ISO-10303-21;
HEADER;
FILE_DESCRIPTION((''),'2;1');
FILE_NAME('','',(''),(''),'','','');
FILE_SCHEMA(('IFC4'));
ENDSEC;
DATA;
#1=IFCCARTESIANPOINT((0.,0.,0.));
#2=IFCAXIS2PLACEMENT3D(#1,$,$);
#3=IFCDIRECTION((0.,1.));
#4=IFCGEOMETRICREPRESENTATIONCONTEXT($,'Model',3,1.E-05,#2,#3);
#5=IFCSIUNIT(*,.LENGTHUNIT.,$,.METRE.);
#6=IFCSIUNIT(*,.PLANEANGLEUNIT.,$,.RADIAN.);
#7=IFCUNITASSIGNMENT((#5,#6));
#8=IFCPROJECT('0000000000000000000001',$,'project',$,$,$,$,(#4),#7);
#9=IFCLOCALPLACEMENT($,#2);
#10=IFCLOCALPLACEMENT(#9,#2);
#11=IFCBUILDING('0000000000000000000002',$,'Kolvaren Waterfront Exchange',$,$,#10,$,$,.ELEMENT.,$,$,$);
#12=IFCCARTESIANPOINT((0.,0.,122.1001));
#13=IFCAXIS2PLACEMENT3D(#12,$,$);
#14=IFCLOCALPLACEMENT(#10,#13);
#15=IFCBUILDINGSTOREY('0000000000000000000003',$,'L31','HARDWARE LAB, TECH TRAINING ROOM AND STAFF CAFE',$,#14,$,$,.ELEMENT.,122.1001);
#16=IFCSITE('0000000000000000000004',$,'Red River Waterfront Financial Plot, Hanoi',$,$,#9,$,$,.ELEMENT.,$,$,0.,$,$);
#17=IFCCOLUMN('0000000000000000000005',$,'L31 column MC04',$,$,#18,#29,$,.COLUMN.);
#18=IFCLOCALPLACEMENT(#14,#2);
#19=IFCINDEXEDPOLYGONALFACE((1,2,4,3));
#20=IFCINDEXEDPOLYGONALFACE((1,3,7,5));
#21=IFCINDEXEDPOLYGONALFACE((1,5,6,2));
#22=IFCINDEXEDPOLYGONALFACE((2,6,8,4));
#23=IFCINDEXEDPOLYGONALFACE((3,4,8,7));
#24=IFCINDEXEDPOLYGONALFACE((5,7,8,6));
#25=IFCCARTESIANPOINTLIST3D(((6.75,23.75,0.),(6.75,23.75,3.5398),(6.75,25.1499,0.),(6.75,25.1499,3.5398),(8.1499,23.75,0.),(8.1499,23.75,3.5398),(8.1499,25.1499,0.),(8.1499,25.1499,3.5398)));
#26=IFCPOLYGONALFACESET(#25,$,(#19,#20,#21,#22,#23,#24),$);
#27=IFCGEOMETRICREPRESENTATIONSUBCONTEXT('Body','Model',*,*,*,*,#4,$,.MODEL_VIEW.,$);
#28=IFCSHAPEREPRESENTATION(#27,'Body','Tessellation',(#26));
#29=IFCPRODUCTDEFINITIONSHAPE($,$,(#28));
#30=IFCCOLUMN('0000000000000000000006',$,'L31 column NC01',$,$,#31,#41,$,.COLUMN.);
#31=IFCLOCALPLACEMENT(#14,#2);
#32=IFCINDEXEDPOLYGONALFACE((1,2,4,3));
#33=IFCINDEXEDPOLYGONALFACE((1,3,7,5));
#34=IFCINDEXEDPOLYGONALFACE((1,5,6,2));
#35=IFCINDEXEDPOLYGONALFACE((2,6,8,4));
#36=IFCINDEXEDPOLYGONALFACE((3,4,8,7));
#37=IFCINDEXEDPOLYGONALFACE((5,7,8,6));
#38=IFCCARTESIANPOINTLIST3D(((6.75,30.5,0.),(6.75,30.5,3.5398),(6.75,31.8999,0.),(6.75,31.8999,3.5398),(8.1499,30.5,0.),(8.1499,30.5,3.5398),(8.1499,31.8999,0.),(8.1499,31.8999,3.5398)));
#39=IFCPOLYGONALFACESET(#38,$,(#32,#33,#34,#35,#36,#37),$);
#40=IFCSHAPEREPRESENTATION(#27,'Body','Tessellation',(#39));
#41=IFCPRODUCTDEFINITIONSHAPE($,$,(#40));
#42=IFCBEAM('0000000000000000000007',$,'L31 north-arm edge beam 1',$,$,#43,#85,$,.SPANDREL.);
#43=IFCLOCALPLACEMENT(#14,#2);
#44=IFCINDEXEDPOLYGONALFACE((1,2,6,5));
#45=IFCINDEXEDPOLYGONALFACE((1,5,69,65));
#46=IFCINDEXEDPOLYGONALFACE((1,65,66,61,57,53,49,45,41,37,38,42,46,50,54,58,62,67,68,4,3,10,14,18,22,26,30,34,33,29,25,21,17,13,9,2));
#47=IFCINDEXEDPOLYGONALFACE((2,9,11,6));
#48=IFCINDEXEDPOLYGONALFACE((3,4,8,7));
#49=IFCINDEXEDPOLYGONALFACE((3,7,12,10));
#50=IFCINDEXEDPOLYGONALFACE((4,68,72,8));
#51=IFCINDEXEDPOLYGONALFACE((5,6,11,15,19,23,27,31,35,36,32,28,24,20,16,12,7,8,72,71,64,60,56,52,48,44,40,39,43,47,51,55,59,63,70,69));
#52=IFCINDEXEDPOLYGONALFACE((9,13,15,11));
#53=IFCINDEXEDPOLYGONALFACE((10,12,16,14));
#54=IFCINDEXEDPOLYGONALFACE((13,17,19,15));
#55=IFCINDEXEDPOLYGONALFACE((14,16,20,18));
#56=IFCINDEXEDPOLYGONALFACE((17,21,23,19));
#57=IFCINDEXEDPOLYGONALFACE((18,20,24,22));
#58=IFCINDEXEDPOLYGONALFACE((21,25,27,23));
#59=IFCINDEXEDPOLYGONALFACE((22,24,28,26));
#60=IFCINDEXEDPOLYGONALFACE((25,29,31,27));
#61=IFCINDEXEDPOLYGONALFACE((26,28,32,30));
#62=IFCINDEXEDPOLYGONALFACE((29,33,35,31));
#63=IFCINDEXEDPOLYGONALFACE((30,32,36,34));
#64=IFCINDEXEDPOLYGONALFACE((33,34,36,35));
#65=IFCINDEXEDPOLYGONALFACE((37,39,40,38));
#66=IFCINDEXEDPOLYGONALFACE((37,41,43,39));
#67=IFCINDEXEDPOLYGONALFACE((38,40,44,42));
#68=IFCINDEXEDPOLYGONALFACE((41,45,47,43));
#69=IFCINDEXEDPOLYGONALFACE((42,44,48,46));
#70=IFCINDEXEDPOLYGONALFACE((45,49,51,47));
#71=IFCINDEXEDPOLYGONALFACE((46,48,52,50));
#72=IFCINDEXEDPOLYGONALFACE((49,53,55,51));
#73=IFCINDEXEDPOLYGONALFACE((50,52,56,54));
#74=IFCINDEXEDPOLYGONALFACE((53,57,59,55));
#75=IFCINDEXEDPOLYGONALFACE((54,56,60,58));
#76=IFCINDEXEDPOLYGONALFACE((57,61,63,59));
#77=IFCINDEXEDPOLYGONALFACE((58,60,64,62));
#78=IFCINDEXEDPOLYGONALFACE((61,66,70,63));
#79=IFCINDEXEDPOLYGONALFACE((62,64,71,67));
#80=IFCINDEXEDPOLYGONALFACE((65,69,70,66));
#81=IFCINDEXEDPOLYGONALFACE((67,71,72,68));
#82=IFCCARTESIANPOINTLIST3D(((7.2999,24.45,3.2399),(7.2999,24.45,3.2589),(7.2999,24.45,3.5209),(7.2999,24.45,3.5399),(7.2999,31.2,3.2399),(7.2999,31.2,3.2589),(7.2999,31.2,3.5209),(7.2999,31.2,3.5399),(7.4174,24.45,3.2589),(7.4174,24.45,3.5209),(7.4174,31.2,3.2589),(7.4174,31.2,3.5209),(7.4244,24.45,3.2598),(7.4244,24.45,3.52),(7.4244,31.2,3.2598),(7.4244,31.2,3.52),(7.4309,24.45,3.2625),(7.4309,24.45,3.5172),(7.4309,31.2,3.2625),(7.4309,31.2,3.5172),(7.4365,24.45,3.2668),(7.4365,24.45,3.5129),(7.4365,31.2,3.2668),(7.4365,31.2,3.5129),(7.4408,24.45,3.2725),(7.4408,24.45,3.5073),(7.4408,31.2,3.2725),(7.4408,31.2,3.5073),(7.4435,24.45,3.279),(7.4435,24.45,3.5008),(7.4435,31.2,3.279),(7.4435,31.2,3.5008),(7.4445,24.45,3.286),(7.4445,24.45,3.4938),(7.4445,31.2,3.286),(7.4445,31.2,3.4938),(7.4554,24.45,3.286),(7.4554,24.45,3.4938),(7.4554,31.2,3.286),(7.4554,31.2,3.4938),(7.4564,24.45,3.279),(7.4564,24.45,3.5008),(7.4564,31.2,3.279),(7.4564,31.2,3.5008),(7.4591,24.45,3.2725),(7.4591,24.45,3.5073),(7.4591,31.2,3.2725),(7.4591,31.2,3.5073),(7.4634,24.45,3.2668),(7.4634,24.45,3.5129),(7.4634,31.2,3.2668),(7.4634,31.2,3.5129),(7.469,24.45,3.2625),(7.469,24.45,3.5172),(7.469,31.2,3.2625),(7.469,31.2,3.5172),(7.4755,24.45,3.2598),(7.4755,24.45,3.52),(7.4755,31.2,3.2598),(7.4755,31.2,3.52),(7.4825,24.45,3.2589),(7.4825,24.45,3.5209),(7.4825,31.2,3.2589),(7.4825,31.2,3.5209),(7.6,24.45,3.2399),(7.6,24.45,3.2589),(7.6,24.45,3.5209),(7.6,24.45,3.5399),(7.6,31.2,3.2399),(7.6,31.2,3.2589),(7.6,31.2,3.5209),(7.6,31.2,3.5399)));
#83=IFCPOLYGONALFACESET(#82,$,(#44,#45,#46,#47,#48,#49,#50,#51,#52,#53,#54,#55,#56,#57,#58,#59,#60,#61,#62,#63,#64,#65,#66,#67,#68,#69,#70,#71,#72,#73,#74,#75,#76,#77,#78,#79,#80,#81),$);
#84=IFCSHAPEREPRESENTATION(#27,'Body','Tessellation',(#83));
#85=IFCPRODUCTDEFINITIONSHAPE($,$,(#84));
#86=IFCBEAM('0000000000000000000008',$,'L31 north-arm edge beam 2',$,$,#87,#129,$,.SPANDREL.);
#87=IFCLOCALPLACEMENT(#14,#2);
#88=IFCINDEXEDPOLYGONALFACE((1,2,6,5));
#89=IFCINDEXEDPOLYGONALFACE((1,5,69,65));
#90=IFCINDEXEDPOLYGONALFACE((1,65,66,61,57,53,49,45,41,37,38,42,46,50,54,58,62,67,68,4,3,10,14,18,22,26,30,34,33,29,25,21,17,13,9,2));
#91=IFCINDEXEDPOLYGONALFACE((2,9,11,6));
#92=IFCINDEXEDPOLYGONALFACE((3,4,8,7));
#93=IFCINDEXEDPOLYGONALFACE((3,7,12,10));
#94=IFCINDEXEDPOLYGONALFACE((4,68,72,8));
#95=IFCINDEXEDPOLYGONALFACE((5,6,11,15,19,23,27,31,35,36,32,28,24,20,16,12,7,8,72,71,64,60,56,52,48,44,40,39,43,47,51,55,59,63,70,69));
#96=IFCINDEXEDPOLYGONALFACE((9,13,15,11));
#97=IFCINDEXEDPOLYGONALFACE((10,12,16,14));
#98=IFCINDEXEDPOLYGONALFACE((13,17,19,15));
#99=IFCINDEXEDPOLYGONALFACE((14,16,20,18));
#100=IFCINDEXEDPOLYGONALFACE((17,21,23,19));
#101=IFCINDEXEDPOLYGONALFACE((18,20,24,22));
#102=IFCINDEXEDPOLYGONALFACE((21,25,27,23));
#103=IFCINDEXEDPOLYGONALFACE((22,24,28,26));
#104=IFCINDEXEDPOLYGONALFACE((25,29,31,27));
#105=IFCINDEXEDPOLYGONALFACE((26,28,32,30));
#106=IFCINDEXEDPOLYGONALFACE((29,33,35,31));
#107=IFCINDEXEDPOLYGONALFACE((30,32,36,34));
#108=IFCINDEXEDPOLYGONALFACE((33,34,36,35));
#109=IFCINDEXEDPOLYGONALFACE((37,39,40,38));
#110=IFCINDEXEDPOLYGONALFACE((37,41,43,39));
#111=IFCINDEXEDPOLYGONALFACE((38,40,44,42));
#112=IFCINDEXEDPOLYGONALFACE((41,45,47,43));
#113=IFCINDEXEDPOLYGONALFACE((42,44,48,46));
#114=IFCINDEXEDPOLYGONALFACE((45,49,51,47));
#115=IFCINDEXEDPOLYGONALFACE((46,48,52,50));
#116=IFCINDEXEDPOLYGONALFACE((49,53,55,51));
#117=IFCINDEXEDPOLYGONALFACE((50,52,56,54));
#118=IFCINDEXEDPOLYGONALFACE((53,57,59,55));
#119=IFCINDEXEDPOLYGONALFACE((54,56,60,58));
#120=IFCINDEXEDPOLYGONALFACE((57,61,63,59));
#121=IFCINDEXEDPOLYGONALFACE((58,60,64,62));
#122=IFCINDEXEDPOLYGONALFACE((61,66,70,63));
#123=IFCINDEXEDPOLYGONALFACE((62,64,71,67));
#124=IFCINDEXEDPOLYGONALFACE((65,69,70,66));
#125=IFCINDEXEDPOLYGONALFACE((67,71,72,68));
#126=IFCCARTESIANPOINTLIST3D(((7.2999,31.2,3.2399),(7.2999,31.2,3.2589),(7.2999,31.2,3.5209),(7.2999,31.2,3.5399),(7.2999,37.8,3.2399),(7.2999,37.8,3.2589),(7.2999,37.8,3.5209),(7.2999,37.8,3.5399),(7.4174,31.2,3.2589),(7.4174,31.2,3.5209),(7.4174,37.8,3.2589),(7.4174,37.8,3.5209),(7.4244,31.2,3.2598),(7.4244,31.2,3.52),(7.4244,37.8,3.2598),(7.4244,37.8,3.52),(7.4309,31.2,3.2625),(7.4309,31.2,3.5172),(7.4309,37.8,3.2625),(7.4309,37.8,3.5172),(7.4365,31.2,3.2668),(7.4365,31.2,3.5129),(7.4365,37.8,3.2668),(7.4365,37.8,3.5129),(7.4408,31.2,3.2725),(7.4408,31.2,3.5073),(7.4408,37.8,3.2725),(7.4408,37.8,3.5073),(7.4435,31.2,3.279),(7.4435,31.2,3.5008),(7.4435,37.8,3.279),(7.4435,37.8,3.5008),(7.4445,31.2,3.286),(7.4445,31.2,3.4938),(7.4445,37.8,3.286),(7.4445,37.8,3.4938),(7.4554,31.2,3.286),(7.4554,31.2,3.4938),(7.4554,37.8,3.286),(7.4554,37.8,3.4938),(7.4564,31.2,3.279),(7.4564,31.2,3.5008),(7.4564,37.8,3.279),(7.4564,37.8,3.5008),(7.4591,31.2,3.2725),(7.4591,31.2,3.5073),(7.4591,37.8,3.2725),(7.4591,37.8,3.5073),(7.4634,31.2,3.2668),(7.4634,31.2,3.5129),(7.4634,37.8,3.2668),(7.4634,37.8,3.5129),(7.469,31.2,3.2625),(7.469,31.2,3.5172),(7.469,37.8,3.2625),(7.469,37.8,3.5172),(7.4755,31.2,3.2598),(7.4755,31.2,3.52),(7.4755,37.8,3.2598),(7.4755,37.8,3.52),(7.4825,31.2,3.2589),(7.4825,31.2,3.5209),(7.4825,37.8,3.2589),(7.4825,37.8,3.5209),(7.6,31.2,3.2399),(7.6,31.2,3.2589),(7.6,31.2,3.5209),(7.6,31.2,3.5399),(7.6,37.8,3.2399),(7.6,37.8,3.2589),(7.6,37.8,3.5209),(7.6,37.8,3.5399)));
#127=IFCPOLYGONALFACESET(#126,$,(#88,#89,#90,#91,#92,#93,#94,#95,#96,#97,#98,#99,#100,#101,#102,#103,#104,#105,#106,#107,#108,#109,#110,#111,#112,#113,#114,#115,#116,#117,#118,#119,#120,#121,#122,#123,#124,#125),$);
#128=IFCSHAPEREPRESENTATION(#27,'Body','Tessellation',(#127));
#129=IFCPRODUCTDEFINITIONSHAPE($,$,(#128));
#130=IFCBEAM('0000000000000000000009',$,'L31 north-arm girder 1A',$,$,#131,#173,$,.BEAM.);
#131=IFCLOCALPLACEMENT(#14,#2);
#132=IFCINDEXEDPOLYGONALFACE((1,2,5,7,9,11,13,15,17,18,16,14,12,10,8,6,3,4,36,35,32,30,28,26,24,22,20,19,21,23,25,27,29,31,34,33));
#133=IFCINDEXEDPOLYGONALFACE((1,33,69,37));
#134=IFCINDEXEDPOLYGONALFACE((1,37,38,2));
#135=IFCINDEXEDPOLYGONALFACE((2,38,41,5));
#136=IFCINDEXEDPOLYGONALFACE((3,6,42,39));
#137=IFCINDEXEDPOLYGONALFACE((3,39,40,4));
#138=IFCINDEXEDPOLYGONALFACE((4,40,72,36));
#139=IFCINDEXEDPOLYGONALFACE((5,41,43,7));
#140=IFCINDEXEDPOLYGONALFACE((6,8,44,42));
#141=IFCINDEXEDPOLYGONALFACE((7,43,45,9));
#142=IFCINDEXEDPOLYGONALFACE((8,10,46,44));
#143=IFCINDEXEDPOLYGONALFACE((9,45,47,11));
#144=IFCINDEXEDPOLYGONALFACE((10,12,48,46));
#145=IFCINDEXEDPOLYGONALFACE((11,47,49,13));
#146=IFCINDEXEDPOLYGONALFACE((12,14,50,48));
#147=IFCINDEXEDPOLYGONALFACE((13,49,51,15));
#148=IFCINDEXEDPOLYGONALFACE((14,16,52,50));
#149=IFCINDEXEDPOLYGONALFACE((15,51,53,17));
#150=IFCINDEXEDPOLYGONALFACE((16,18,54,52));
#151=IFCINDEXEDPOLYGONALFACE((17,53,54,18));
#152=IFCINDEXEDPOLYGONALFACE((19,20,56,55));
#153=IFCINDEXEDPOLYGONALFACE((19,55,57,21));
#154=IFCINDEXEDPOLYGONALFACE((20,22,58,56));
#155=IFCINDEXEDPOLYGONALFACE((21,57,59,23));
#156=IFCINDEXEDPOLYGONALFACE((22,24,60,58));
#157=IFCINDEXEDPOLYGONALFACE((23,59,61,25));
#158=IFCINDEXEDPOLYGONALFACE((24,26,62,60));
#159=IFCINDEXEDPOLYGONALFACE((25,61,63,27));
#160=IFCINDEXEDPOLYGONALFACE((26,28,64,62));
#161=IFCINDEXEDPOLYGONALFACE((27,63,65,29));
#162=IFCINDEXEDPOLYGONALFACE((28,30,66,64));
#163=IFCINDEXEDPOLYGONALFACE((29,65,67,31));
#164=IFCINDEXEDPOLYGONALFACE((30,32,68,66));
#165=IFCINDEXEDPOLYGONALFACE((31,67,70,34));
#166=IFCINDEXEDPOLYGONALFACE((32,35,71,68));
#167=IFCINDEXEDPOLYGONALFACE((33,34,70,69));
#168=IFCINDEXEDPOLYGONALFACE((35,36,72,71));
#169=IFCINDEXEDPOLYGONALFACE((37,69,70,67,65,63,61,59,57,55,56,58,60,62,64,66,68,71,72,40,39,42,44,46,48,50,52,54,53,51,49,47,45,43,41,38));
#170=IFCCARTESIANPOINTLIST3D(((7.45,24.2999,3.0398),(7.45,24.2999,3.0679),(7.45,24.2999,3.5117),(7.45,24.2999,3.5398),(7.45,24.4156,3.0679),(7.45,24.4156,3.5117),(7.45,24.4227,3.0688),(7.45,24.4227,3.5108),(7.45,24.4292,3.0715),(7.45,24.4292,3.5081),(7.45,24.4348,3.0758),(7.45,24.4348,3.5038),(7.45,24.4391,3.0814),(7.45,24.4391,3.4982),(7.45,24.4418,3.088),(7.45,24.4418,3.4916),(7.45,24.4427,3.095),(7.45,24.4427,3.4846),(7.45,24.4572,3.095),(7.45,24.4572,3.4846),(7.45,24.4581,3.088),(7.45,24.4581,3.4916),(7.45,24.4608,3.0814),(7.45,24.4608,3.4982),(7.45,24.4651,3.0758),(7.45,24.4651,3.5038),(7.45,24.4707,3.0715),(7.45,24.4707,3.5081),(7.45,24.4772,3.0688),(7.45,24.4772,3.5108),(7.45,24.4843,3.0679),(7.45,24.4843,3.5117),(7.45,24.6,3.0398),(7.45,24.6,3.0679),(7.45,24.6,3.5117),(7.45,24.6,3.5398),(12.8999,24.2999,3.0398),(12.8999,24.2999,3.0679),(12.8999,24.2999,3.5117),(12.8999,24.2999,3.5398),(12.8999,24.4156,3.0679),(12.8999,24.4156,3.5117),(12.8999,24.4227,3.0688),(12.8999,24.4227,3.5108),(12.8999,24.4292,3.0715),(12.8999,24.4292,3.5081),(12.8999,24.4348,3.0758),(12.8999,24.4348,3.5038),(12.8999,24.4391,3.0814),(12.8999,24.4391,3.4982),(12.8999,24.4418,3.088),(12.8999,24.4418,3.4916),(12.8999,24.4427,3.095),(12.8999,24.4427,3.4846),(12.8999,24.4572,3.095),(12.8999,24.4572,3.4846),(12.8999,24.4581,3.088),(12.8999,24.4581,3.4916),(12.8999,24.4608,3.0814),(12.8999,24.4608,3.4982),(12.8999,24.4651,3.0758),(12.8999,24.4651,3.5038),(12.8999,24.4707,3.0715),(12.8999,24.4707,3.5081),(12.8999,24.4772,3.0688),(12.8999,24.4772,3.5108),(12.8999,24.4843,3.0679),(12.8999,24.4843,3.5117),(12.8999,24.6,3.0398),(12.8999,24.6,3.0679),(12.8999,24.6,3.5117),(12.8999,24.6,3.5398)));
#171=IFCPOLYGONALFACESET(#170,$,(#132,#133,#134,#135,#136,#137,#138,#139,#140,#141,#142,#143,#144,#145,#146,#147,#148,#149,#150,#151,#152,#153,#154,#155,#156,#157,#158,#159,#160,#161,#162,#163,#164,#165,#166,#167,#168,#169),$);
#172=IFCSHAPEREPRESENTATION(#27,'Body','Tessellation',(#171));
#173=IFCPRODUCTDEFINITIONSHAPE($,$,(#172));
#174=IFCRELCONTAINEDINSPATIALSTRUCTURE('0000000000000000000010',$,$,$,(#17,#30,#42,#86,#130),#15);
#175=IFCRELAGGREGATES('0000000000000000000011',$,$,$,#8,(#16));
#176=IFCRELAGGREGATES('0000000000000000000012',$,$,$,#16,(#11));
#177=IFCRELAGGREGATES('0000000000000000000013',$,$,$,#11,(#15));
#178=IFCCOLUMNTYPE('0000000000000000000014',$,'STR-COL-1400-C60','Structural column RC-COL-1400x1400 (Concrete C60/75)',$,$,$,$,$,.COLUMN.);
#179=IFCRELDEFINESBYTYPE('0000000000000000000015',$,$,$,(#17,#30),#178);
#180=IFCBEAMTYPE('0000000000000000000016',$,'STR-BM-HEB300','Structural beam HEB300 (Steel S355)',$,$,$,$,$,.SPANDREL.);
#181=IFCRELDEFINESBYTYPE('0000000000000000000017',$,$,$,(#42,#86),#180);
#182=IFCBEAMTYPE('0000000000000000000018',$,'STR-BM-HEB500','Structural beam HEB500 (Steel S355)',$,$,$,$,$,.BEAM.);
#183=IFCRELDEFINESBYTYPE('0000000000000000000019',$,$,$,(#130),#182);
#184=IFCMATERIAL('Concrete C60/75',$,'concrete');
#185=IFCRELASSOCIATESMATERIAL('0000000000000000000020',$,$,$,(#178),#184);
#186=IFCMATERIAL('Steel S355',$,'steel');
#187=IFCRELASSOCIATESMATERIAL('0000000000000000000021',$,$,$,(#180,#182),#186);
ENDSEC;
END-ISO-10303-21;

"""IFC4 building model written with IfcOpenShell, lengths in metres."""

from ifc_helpers import new_model, si_unit, direction, frame, origin, origin_2d, place, context, subcontext, project, spatial, rectangle, i_section, extrude, material, material_profile, profile_set, type_object, element, save


model = new_model("IFC4")

# Units and contexts
model_context = context("Model", 3, precision=1e-05, world=origin(), true_north=direction((0.0, 1.0)))
body_context = subcontext(model_context, "Body", "Model", "MODEL_VIEW")
ifc_project = project(units=[si_unit("LENGTHUNIT", "METRE"), si_unit("PLANEANGLEUNIT", "RADIAN")], contexts=[model_context])

# Site, building, storey
site_placement = place(None, origin())
site = spatial("IfcSite", under=ifc_project, at=site_placement, Name="Red River Waterfront Financial Plot, Hanoi", CompositionType="ELEMENT", RefElevation=0.0)
building_placement = place(site_placement, origin())
building = spatial("IfcBuilding", under=site, at=building_placement, Name="Kolvaren Waterfront Exchange", CompositionType="ELEMENT")
storey_placement = place(building_placement, frame((0.0, 0.0, 122.1001)))
storey = spatial("IfcBuildingStorey", under=building, at=storey_placement, Name="L31", Description="HARDWARE LAB, TECH TRAINING ROOM AND STAFF CAFE", CompositionType="ELEMENT", Elevation=122.1001)

# Columns
ifc_material_1 = material(Name="Concrete C60/75", Category="concrete")
ifc_material_profile_1 = material_profile(ifc_material_1, rectangle(XDim=1.3999, YDim=1.3999, at=origin_2d()), Name="RC-COL-1400x1400")
ifc_profile_set_1 = profile_set([ifc_material_profile_1], Name="Concrete C60/75")
column_type = type_object("IfcColumnType", Name="STR-COL-1400-C60", Description="Structural column RC-COL-1400x1400 (Concrete C60/75)", PredefinedType="COLUMN", material=ifc_profile_set_1)
for number, where, z_axis, x_axis, name in (
    (1, (7.45, 24.45, 0.0), (0.0, 0.0, 1.0), (1.0, 0.0, 0.0), "L31 column MC04"),
    (2, (7.45, 31.2, 0.0), (0.0, 0.0, 1.0), (1.0, 0.0, 0.0), "L31 column NC01"),
):
    element("IfcColumn", number, at=place(storey_placement, frame(where, z_axis=z_axis, x_axis=x_axis)), inside=storey, type_object=column_type, Name=name, PredefinedType="COLUMN", context=body_context, shape_type="SweptSolid", body=[
        extrude(rectangle(XDim=1.3999, YDim=1.3999, at=origin_2d()), origin(), (0.0, 0.0, 1.0), 3.5398),
    ])

# Beams
ifc_material_2 = material(Name="Steel S355", Category="steel")
ifc_material_profile_2 = material_profile(ifc_material_2, i_section(OverallWidth=0.3, OverallDepth=0.3, WebThickness=0.011, FlangeThickness=0.019, FilletRadius=0.0271, at=origin_2d()), Name="HEB300")
ifc_profile_set_2 = profile_set([ifc_material_profile_2], Name="Steel S355")
beam_type_1 = type_object("IfcBeamType", Name="STR-BM-HEB300", Description="Structural beam HEB300 (Steel S355)", PredefinedType="SPANDREL", material=ifc_profile_set_2)
beam_1_placement = place(storey_placement, frame((7.45, 24.45, 3.3899), z_axis=(0.0, 1.0, 0.0), x_axis=(-1.0, 0.0, 0.0)))
element("IfcBeam", 3, at=beam_1_placement, inside=storey, type_object=beam_type_1, Name="L31 north-arm edge beam 1", PredefinedType="SPANDREL", context=body_context, shape_type="SweptSolid", body=[
    extrude(i_section(OverallWidth=0.3, OverallDepth=0.3, WebThickness=0.011, FlangeThickness=0.019, FilletRadius=0.0271, at=origin_2d()), origin(), (0.0, 0.0, 1.0), 6.75),
])
beam_2_placement = place(storey_placement, frame((7.45, 31.2, 3.3899), z_axis=(0.0, 1.0, 0.0), x_axis=(-1.0, 0.0, 0.0)))
element("IfcBeam", 4, at=beam_2_placement, inside=storey, type_object=beam_type_1, Name="L31 north-arm edge beam 2", PredefinedType="SPANDREL", context=body_context, shape_type="SweptSolid", body=[
    extrude(i_section(OverallWidth=0.3, OverallDepth=0.3, WebThickness=0.011, FlangeThickness=0.019, FilletRadius=0.0271, at=origin_2d()), origin(), (0.0, 0.0, 1.0), 6.6001),
])
ifc_material_profile_3 = material_profile(ifc_material_2, i_section(OverallWidth=0.3, OverallDepth=0.5, WebThickness=0.0144, FlangeThickness=0.0281, FilletRadius=0.0271, at=origin_2d()), Name="HEB500")
ifc_profile_set_3 = profile_set([ifc_material_profile_3], Name="Steel S355")
beam_type_2 = type_object("IfcBeamType", Name="STR-BM-HEB500", Description="Structural beam HEB500 (Steel S355)", PredefinedType="BEAM", material=ifc_profile_set_3)
for number, where, z_axis, x_axis, name in (
    (5, (7.45, 24.45, 3.2898), (1.0, 0.0, 0.0), (0.0, 1.0, 0.0), "L31 north-arm girder 1A"),
):
    element("IfcBeam", number, at=place(storey_placement, frame(where, z_axis=z_axis, x_axis=x_axis)), inside=storey, type_object=beam_type_2, Name=name, PredefinedType="BEAM", context=body_context, shape_type="SweptSolid", body=[
        extrude(i_section(OverallWidth=0.3, OverallDepth=0.5, WebThickness=0.0144, FlangeThickness=0.0281, FilletRadius=0.0271, at=origin_2d()), origin(), (0.0, 0.0, 1.0), 5.45),
    ])

save(model, "model.ifc")
